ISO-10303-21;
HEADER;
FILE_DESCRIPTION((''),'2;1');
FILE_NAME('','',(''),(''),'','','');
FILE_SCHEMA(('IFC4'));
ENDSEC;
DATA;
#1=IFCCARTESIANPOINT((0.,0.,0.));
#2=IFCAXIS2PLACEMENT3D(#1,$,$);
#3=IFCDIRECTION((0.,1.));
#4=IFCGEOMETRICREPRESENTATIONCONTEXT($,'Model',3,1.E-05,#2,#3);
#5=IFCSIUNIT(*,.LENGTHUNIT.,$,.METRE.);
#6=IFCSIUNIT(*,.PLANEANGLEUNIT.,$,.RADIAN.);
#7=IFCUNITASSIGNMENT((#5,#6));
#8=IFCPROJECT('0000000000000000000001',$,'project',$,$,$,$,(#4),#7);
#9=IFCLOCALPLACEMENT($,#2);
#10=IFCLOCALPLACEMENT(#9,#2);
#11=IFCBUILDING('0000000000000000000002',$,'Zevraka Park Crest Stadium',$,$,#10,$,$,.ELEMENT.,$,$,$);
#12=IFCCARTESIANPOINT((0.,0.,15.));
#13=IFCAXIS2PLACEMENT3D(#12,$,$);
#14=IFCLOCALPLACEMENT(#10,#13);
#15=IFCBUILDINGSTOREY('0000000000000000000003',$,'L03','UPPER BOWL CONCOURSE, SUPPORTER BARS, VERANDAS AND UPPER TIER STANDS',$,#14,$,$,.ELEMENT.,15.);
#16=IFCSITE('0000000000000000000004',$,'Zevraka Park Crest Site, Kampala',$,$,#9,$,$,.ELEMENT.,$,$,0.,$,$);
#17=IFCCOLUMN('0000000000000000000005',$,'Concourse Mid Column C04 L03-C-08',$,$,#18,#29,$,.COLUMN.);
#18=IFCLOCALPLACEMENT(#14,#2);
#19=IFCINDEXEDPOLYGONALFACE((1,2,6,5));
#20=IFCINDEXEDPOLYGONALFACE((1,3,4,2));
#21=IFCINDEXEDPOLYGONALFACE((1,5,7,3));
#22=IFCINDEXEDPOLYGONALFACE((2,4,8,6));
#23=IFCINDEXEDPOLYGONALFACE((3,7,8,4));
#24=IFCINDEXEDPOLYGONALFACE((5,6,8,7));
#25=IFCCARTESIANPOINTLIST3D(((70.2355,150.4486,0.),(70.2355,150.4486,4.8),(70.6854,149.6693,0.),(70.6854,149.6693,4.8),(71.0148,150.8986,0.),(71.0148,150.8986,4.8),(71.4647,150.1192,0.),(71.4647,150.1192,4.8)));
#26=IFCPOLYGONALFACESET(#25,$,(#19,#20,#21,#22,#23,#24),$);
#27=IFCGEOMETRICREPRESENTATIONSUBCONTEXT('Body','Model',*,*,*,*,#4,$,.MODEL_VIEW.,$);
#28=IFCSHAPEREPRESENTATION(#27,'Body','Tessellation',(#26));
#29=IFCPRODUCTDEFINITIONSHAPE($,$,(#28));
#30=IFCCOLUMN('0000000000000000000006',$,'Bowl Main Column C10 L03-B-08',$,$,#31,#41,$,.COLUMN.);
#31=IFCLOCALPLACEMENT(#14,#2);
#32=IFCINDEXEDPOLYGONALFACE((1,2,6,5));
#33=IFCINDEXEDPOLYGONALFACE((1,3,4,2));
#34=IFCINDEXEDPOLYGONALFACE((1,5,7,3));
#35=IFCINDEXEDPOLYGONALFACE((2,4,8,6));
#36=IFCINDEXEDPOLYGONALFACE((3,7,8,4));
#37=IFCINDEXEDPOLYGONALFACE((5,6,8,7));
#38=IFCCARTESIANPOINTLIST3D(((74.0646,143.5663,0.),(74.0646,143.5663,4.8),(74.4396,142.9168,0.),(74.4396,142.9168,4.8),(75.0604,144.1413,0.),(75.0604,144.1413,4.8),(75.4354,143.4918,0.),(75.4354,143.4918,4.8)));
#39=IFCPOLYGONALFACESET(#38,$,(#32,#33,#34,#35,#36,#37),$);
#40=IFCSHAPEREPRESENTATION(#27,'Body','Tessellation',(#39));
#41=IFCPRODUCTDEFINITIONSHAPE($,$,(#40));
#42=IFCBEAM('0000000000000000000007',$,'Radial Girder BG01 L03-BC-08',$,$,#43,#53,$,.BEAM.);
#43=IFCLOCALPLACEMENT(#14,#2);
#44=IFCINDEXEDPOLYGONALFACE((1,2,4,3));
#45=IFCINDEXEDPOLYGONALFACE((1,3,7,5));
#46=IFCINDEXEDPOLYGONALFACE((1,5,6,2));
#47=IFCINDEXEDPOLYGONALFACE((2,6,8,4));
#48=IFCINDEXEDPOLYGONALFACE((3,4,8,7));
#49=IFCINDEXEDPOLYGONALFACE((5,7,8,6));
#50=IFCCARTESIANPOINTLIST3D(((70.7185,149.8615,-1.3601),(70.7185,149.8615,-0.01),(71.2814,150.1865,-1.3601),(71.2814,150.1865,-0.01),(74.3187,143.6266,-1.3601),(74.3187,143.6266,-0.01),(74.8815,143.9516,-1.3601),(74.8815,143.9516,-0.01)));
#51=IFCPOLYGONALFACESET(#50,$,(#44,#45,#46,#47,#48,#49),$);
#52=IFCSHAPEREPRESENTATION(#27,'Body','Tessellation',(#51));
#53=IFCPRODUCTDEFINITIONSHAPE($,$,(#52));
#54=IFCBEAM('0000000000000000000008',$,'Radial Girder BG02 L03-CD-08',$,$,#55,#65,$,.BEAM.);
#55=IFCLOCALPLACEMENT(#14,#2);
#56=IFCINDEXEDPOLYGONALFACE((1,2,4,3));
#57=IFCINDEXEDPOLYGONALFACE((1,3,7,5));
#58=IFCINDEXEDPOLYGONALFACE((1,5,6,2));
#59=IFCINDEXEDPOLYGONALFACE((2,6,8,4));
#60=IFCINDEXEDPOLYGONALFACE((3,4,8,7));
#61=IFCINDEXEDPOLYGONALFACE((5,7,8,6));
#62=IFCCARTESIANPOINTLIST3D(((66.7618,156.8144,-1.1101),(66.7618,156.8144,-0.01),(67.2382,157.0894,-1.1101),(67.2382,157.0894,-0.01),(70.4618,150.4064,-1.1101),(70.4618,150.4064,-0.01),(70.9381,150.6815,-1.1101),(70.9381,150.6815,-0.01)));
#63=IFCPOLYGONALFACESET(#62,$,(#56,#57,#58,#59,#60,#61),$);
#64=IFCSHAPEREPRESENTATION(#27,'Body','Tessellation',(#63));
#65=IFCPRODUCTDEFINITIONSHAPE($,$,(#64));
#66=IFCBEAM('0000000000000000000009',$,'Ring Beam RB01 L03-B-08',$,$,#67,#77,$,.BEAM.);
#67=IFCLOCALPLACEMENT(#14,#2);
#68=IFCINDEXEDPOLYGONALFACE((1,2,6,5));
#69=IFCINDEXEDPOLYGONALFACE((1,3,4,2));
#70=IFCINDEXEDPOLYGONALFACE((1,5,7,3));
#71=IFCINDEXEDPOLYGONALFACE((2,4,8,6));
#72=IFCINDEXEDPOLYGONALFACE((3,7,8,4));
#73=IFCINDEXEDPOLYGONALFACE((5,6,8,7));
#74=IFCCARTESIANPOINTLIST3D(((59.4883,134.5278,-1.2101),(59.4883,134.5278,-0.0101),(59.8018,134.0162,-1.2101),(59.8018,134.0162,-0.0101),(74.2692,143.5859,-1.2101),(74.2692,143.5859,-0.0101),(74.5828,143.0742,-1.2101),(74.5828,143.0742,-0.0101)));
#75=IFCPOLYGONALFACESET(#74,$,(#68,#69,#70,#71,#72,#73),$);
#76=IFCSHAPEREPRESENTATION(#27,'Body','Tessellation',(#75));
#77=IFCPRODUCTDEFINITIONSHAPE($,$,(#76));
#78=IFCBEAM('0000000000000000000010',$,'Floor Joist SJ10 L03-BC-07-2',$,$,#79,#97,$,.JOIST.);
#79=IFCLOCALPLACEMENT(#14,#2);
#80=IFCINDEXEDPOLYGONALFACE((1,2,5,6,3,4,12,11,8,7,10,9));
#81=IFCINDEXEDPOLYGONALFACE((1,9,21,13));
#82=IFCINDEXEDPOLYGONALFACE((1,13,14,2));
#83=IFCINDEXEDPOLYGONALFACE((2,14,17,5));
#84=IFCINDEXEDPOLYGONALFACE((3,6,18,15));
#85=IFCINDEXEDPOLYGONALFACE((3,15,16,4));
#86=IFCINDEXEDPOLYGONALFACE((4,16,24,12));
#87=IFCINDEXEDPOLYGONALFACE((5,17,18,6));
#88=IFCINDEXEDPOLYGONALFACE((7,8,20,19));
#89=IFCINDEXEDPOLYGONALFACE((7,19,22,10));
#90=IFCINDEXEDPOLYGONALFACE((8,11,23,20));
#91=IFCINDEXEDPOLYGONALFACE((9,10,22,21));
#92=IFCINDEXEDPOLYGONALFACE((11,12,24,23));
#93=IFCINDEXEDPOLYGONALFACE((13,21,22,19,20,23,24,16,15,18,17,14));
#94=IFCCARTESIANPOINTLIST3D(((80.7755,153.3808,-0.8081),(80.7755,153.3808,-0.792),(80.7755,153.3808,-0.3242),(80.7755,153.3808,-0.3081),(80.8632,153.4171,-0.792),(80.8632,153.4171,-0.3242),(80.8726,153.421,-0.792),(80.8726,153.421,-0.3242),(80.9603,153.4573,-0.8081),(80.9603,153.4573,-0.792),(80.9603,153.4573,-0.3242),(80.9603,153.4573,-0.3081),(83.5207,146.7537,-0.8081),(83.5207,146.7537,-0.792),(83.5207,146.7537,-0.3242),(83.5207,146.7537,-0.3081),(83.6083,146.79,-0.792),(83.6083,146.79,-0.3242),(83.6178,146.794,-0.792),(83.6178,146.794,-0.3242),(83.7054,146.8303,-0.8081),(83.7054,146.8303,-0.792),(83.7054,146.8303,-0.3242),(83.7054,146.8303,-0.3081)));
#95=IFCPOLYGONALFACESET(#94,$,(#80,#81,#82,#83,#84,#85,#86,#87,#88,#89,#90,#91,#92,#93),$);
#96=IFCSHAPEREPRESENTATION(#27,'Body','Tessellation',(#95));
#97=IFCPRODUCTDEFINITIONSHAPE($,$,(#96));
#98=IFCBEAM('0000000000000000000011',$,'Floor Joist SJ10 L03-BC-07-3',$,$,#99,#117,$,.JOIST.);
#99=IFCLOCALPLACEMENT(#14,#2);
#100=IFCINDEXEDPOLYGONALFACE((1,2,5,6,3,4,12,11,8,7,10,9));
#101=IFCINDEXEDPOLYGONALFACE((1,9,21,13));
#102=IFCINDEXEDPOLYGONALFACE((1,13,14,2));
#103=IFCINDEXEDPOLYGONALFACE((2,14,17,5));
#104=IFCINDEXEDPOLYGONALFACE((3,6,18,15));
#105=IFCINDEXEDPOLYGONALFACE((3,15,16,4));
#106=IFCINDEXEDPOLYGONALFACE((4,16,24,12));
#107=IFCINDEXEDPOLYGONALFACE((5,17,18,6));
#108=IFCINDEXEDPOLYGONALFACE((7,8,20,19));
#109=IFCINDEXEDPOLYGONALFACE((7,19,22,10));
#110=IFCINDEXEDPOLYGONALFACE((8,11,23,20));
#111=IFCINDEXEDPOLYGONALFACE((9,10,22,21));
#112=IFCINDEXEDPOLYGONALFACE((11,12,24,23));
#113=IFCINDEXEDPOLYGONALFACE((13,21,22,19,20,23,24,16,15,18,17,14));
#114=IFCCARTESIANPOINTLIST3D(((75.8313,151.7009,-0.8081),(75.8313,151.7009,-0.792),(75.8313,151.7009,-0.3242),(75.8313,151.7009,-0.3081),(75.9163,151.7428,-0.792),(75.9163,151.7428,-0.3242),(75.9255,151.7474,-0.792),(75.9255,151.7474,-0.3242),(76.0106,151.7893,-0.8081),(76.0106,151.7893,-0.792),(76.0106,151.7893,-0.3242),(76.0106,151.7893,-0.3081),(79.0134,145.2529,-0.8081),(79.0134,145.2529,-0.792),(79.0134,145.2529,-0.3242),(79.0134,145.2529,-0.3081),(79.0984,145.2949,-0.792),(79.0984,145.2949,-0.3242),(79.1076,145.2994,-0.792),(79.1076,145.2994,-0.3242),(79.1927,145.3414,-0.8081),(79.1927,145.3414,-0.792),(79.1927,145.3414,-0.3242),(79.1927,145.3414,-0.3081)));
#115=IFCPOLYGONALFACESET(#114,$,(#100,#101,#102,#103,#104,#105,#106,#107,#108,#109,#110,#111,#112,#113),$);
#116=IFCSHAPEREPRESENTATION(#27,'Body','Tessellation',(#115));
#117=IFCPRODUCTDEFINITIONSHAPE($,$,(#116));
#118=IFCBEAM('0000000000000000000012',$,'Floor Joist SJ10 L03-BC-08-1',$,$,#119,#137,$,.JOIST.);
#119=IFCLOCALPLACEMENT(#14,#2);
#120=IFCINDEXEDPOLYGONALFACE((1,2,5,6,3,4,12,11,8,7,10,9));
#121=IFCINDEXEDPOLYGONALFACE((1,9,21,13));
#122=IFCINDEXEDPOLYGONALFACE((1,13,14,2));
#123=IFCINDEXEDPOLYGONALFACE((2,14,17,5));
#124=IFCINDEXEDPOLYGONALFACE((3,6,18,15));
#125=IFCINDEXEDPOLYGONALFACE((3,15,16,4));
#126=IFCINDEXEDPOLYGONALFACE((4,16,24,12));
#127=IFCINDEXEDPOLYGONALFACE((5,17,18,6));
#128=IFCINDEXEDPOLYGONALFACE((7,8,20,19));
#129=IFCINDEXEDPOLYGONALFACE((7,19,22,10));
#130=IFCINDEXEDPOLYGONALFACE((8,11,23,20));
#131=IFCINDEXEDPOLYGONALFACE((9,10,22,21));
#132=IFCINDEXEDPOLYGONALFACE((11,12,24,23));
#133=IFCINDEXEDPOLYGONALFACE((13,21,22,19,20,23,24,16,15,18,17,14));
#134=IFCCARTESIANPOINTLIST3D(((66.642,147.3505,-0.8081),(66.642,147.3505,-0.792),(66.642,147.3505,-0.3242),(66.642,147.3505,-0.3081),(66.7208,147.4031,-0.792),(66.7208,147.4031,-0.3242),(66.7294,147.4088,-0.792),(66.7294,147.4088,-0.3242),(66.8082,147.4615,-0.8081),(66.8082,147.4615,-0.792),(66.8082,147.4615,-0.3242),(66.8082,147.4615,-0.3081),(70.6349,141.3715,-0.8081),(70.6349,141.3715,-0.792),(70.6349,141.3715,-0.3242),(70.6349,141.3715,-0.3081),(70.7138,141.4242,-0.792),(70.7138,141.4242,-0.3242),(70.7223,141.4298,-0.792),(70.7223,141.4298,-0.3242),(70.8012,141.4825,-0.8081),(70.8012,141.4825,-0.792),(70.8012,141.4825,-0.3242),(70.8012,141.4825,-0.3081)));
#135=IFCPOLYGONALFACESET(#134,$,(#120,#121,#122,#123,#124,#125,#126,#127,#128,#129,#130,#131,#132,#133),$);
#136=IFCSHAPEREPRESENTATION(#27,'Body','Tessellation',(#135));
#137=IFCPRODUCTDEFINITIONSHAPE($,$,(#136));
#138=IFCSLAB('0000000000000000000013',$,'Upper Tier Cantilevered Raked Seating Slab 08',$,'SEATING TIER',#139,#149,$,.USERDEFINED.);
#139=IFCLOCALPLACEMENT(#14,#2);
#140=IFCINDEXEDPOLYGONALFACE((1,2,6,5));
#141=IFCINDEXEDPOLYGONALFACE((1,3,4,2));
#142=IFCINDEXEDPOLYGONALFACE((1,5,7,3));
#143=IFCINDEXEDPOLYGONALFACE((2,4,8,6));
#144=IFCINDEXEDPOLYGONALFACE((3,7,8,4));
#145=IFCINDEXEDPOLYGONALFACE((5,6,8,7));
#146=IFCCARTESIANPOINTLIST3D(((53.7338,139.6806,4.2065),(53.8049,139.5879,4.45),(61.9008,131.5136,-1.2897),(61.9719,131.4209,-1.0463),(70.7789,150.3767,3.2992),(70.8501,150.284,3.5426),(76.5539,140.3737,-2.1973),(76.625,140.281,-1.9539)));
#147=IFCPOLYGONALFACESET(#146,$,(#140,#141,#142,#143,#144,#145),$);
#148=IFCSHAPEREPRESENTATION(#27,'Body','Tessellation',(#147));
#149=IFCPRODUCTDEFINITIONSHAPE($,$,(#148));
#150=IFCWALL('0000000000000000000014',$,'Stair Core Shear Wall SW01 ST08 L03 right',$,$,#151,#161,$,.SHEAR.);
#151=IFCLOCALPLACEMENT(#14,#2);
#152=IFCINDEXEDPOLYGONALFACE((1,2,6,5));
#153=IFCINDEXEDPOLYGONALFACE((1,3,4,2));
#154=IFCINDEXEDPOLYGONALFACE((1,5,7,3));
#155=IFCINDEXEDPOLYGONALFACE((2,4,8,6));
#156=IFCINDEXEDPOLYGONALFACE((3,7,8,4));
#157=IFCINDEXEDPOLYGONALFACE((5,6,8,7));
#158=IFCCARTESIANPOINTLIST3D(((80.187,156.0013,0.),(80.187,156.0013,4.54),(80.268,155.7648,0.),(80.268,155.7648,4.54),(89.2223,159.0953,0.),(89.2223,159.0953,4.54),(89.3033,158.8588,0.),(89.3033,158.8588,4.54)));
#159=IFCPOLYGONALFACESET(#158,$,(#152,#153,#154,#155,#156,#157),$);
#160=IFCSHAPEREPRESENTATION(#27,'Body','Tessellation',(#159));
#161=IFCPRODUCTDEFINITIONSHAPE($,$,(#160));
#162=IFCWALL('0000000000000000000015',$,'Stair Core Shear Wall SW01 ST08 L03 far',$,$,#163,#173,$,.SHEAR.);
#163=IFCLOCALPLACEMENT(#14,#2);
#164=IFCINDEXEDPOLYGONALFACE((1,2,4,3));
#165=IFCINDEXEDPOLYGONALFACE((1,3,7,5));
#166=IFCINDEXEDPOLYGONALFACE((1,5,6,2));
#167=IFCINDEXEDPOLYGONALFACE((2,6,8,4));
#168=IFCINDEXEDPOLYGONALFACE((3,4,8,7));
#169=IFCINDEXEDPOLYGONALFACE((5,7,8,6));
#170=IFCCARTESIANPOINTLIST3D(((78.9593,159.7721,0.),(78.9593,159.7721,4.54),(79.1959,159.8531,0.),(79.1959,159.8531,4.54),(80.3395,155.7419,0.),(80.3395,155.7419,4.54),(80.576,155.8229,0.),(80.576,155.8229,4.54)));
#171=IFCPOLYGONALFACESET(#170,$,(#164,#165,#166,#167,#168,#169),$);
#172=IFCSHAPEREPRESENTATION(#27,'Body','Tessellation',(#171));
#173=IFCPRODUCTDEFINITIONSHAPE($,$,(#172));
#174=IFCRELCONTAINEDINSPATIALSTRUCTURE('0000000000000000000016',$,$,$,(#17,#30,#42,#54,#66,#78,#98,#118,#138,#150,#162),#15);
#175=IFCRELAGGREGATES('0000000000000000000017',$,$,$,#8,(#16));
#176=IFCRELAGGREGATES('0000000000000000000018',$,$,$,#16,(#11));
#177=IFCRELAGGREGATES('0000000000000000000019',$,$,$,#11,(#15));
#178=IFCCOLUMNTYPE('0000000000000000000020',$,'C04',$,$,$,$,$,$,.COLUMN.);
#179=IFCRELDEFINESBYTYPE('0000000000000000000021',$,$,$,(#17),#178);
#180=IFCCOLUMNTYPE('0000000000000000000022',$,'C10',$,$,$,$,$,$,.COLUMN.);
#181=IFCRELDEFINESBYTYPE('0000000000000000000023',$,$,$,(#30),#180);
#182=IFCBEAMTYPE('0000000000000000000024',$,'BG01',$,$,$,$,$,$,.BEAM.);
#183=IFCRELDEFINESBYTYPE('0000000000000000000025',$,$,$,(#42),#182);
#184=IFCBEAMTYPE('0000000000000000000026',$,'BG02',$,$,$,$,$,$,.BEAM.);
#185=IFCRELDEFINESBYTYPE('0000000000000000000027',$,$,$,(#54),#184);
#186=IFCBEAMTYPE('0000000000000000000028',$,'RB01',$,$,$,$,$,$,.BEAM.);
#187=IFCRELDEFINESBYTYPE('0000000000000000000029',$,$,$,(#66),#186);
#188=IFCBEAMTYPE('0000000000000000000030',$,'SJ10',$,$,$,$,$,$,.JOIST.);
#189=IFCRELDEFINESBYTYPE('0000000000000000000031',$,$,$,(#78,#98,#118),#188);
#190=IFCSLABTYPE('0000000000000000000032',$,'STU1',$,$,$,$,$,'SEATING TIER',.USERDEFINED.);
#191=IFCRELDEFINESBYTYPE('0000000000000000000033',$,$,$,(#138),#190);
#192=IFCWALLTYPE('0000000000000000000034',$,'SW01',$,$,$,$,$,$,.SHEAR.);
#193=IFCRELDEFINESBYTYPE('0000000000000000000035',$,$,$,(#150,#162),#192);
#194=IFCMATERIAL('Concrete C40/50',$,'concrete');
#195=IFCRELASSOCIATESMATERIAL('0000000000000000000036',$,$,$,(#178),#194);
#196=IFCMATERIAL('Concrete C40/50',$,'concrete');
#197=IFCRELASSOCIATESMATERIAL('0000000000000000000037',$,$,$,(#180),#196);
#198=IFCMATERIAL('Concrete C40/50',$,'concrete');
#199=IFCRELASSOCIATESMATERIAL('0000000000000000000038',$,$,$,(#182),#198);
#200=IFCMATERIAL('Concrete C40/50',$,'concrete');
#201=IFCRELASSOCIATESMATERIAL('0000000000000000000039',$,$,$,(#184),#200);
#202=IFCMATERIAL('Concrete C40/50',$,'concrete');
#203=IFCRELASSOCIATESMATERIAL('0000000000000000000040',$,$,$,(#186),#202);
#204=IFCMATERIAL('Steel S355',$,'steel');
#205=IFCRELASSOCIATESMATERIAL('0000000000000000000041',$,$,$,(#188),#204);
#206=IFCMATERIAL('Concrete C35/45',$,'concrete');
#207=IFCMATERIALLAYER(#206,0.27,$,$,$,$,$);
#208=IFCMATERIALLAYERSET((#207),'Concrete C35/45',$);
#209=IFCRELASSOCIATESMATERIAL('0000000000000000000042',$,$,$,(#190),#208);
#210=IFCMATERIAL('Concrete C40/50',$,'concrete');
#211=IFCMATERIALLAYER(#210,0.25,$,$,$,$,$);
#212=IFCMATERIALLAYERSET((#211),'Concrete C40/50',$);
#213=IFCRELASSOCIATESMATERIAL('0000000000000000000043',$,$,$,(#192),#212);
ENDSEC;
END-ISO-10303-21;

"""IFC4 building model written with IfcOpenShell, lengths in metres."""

from ifc_helpers import new_model, si_unit, direction, frame, frame_2d, origin, origin_2d, place, context, subcontext, project, spatial, polyline, rectangle, i_section, outline, extrude, material, layer, layer_set, material_profile, profile_set, type_object, element, save


model = new_model("IFC4")

# Units and contexts
model_context = context("Model", 3, precision=1e-05, world=origin(), true_north=direction((0.0, 1.0)))
body_context = subcontext(model_context, "Body", "Model", "MODEL_VIEW")
ifc_project = project(units=[si_unit("LENGTHUNIT", "METRE"), si_unit("PLANEANGLEUNIT", "RADIAN")], contexts=[model_context])

# Site, building, storey
site_placement = place(None, origin())
site = spatial("IfcSite", under=ifc_project, at=site_placement, Name="Zevraka Park Crest Site, Kampala", CompositionType="ELEMENT", RefElevation=0.0)
building_placement = place(site_placement, origin())
building = spatial("IfcBuilding", under=site, at=building_placement, Name="Zevraka Park Crest Stadium", CompositionType="ELEMENT")
storey_placement = place(building_placement, frame((0.0, 0.0, 15.0)))
storey = spatial("IfcBuildingStorey", under=building, at=storey_placement, Name="L03", Description="UPPER BOWL CONCOURSE, SUPPORTER BARS, VERANDAS AND UPPER TIER STANDS", CompositionType="ELEMENT", Elevation=15.0)

# Columns
ifc_material_1 = material(Name="Concrete C40/50", Category="concrete")
ifc_material_profile_1 = material_profile(ifc_material_1, rectangle(XDim=0.8999, YDim=0.8999, at=origin_2d()), Name="RC 900x900")
ifc_profile_set_1 = profile_set([ifc_material_profile_1], Name="Concrete C40/50")
column_type_1 = type_object("IfcColumnType", Name="C04", PredefinedType="COLUMN", material=ifc_profile_set_1)
column_1_placement = place(storey_placement, frame((70.8501, 150.2839, 0.0), z_axis=(0.0, 0.0, 1.0), x_axis=(-0.5, 0.866025, 0.0)))
element("IfcColumn", 1, at=column_1_placement, inside=storey, type_object=column_type_1, Name="Concourse Mid Column C04 L03-C-08", PredefinedType="COLUMN", context=body_context, shape_type="SweptSolid", body=[
    extrude(rectangle(XDim=0.8999, YDim=0.8999, at=origin_2d()), origin(), (0.0, 0.0, 1.0), 4.8),
])
ifc_material_2 = material(Name="Concrete C40/50", Category="concrete")
ifc_material_profile_2 = material_profile(ifc_material_2, rectangle(XDim=0.75, YDim=1.1499, at=origin_2d()), Name="RC 1150x750")
ifc_profile_set_2 = profile_set([ifc_material_profile_2], Name="Concrete C40/50")
column_type_2 = type_object("IfcColumnType", Name="C10", PredefinedType="COLUMN", material=ifc_profile_set_2)
column_2_placement = place(storey_placement, frame((74.75, 143.5291, 0.0), z_axis=(0.0, 0.0, 1.0), x_axis=(-0.5, 0.866025, 0.0)))
element("IfcColumn", 2, at=column_2_placement, inside=storey, type_object=column_type_2, Name="Bowl Main Column C10 L03-B-08", PredefinedType="COLUMN", context=body_context, shape_type="SweptSolid", body=[
    extrude(rectangle(XDim=0.75, YDim=1.1499, at=origin_2d()), origin(), (0.0, 0.0, 1.0), 4.8),
])

# Beams
ifc_material_3 = material(Name="Concrete C40/50", Category="concrete")
ifc_material_profile_3 = material_profile(ifc_material_3, rectangle(XDim=0.6499, YDim=1.3501, at=origin_2d()), Name="RC 1350x650")
ifc_profile_set_3 = profile_set([ifc_material_profile_3], Name="Concrete C40/50")
beam_type_1 = type_object("IfcBeamType", Name="BG01", PredefinedType="BEAM", material=ifc_profile_set_3)
beam_1_placement = place(storey_placement, frame((74.6001, 143.7891, -0.6851), z_axis=(-0.500041, 0.866001, 0.0), x_axis=(-0.866001, -0.500041, 0.0)))
element("IfcBeam", 3, at=beam_1_placement, inside=storey, type_object=beam_type_1, Name="Radial Girder BG01 L03-BC-08", PredefinedType="BEAM", context=body_context, shape_type="SweptSolid", body=[
    extrude(rectangle(XDim=0.6499, YDim=1.3501, at=origin_2d()), origin(), (0.0, 0.0, 1.0), 7.1997),
])
ifc_material_4 = material(Name="Concrete C40/50", Category="concrete")
ifc_material_profile_4 = material_profile(ifc_material_4, rectangle(XDim=0.55, YDim=1.1001, at=origin_2d()), Name="RC 1100x550")
ifc_profile_set_4 = profile_set([ifc_material_profile_4], Name="Concrete C40/50")
beam_type_2 = type_object("IfcBeamType", Name="BG02", PredefinedType="BEAM", material=ifc_profile_set_4)
beam_2_placement = place(storey_placement, frame((70.7, 150.5439, -0.5601), z_axis=(-0.500032, 0.866007, 0.0), x_axis=(-0.866007, -0.500032, 0.0)))
element("IfcBeam", 4, at=beam_2_placement, inside=storey, type_object=beam_type_2, Name="Radial Girder BG02 L03-CD-08", PredefinedType="BEAM", context=body_context, shape_type="SweptSolid", body=[
    extrude(rectangle(XDim=0.55, YDim=1.1001, at=origin_2d()), origin(), (0.0, 0.0, 1.0), 7.3994),
])
ifc_material_5 = material(Name="Concrete C40/50", Category="concrete")
ifc_material_profile_5 = material_profile(ifc_material_5, rectangle(XDim=0.6001, YDim=1.2, at=origin_2d()), Name="RC 1200x600")
ifc_profile_set_5 = profile_set([ifc_material_profile_5], Name="Concrete C40/50")
beam_type_3 = type_object("IfcBeamType", Name="RB01", PredefinedType="BEAM", material=ifc_profile_set_5)
beam_3_placement = place(storey_placement, frame((74.426, 143.3301, -0.6101), z_axis=(-0.852633, -0.522511, 0.0), x_axis=(0.522511, -0.852633, 0.0)))
element("IfcBeam", 5, at=beam_3_placement, inside=storey, type_object=beam_type_3, Name="Ring Beam RB01 L03-B-08", PredefinedType="BEAM", context=body_context, shape_type="SweptSolid", body=[
    extrude(rectangle(XDim=0.6001, YDim=1.2, at=origin_2d()), origin(), (0.0, 0.0, 1.0), 17.3357),
])
ifc_material_6 = material(Name="Steel S355", Category="steel")
ifc_material_profile_6 = material_profile(ifc_material_6, i_section(OverallWidth=0.2, OverallDepth=0.5, WebThickness=0.0103, FlangeThickness=0.0161, at=origin_2d()), Name="IPE 500")
ifc_profile_set_6 = profile_set([ifc_material_profile_6], Name="Steel S355")
beam_type_4 = type_object("IfcBeamType", Name="SJ10", PredefinedType="JOIST", material=ifc_profile_set_6)
beam_4_placement = place(storey_placement, frame((83.613, 146.792, -0.5581), z_axis=(-0.3827, 0.923872, 0.0), x_axis=(-0.923872, -0.3827, 0.0)))
element("IfcBeam", 6, at=beam_4_placement, inside=storey, type_object=beam_type_4, Name="Floor Joist SJ10 L03-BC-07-2", PredefinedType="JOIST", context=body_context, shape_type="SweptSolid", body=[
    extrude(i_section(OverallWidth=0.2, OverallDepth=0.5, WebThickness=0.0103, FlangeThickness=0.0161, at=origin_2d()), origin(), (0.0, 0.0, 1.0), 7.1731),
])
beam_5_placement = place(storey_placement, frame((79.103, 145.2971, -0.5581), z_axis=(-0.442549, 0.896744, 0.0), x_axis=(-0.896744, -0.442549, 0.0)))
element("IfcBeam", 7, at=beam_5_placement, inside=storey, type_object=beam_type_4, Name="Floor Joist SJ10 L03-BC-07-3", PredefinedType="JOIST", context=body_context, shape_type="SweptSolid", body=[
    extrude(i_section(OverallWidth=0.2, OverallDepth=0.5, WebThickness=0.0103, FlangeThickness=0.0161, at=origin_2d()), origin(), (0.0, 0.0, 1.0), 7.1904),
])
beam_6_placement = place(storey_placement, frame((70.718, 141.427, -0.5581), z_axis=(-0.555366, 0.831606, 0.0), x_axis=(-0.831606, -0.555366, 0.0)))
element("IfcBeam", 8, at=beam_6_placement, inside=storey, type_object=beam_type_4, Name="Floor Joist SJ10 L03-BC-08-1", PredefinedType="JOIST", context=body_context, shape_type="SweptSolid", body=[
    extrude(i_section(OverallWidth=0.2, OverallDepth=0.5, WebThickness=0.0103, FlangeThickness=0.0161, at=origin_2d()), origin(), (0.0, 0.0, 1.0), 7.1897),
])

# Slab
ifc_material_7 = material(Name="Concrete C35/45", Category="concrete")
ifc_layer_1 = layer(ifc_material_7, 0.27)
ifc_layer_set_1 = layer_set([ifc_layer_1], Name="Concrete C35/45")
slab_type = type_object("IfcSlabType", Name="STU1", ElementType="SEATING TIER", PredefinedType="USERDEFINED", material=ifc_layer_set_1)
slab_placement = place(storey_placement, frame((76.625, 140.281, -1.9539), z_axis=(0.263416, -0.343299, 0.901531), x_axis=(-0.854532, -0.516696, 0.052928)))
element("IfcSlab", 9, at=slab_placement, inside=storey, type_object=slab_type, Name="Upper Tier Cantilevered Raked Seating Slab 08", ObjectType="SEATING TIER", PredefinedType="USERDEFINED", context=body_context, shape_type="SweptSolid", body=[
    extrude(outline(polyline([(0.0, 0.0), (17.1475, 0.0), (20.1975, -12.4219), (0.0573, -12.7913), (0.0, 0.0)])), origin(), (0.0, 0.0, -1.0), 0.27),
])

# Walls
ifc_material_8 = material(Name="Concrete C40/50", Category="concrete")
ifc_layer_2 = layer(ifc_material_8, 0.25)
ifc_layer_set_2 = layer_set([ifc_layer_2], Name="Concrete C40/50")
wall_type = type_object("IfcWallType", Name="SW01", PredefinedType="SHEAR", material=ifc_layer_set_2)
wall_1_placement = place(storey_placement, frame((80.2275, 155.8831, 0.0), z_axis=(0.0, 0.0, 1.0), x_axis=(0.946067, 0.323971, 0.0)))
element("IfcWall", 10, at=wall_1_placement, inside=storey, type_object=wall_type, Name="Stair Core Shear Wall SW01 ST08 L03 right", PredefinedType="SHEAR", context=body_context, shape_type="SweptSolid", body=[
    extrude(rectangle(XDim=9.5503, YDim=0.25, at=frame_2d((4.7751, 0.0))), origin(), (0.0, 0.0, 1.0), 4.54),
])
wall_2_placement = place(storey_placement, frame((79.0776, 159.8125, 0.0), z_axis=(0.0, 0.0, 1.0), x_axis=(0.323971, -0.946067, 0.0)))
element("IfcWall", 11, at=wall_2_placement, inside=storey, type_object=wall_type, Name="Stair Core Shear Wall SW01 ST08 L03 far", PredefinedType="SHEAR", context=body_context, shape_type="SweptSolid", body=[
    extrude(rectangle(XDim=4.26, YDim=0.25, at=frame_2d((2.1299, 0.0))), origin(), (0.0, 0.0, 1.0), 4.54),
])

save(model, "model.ifc")
